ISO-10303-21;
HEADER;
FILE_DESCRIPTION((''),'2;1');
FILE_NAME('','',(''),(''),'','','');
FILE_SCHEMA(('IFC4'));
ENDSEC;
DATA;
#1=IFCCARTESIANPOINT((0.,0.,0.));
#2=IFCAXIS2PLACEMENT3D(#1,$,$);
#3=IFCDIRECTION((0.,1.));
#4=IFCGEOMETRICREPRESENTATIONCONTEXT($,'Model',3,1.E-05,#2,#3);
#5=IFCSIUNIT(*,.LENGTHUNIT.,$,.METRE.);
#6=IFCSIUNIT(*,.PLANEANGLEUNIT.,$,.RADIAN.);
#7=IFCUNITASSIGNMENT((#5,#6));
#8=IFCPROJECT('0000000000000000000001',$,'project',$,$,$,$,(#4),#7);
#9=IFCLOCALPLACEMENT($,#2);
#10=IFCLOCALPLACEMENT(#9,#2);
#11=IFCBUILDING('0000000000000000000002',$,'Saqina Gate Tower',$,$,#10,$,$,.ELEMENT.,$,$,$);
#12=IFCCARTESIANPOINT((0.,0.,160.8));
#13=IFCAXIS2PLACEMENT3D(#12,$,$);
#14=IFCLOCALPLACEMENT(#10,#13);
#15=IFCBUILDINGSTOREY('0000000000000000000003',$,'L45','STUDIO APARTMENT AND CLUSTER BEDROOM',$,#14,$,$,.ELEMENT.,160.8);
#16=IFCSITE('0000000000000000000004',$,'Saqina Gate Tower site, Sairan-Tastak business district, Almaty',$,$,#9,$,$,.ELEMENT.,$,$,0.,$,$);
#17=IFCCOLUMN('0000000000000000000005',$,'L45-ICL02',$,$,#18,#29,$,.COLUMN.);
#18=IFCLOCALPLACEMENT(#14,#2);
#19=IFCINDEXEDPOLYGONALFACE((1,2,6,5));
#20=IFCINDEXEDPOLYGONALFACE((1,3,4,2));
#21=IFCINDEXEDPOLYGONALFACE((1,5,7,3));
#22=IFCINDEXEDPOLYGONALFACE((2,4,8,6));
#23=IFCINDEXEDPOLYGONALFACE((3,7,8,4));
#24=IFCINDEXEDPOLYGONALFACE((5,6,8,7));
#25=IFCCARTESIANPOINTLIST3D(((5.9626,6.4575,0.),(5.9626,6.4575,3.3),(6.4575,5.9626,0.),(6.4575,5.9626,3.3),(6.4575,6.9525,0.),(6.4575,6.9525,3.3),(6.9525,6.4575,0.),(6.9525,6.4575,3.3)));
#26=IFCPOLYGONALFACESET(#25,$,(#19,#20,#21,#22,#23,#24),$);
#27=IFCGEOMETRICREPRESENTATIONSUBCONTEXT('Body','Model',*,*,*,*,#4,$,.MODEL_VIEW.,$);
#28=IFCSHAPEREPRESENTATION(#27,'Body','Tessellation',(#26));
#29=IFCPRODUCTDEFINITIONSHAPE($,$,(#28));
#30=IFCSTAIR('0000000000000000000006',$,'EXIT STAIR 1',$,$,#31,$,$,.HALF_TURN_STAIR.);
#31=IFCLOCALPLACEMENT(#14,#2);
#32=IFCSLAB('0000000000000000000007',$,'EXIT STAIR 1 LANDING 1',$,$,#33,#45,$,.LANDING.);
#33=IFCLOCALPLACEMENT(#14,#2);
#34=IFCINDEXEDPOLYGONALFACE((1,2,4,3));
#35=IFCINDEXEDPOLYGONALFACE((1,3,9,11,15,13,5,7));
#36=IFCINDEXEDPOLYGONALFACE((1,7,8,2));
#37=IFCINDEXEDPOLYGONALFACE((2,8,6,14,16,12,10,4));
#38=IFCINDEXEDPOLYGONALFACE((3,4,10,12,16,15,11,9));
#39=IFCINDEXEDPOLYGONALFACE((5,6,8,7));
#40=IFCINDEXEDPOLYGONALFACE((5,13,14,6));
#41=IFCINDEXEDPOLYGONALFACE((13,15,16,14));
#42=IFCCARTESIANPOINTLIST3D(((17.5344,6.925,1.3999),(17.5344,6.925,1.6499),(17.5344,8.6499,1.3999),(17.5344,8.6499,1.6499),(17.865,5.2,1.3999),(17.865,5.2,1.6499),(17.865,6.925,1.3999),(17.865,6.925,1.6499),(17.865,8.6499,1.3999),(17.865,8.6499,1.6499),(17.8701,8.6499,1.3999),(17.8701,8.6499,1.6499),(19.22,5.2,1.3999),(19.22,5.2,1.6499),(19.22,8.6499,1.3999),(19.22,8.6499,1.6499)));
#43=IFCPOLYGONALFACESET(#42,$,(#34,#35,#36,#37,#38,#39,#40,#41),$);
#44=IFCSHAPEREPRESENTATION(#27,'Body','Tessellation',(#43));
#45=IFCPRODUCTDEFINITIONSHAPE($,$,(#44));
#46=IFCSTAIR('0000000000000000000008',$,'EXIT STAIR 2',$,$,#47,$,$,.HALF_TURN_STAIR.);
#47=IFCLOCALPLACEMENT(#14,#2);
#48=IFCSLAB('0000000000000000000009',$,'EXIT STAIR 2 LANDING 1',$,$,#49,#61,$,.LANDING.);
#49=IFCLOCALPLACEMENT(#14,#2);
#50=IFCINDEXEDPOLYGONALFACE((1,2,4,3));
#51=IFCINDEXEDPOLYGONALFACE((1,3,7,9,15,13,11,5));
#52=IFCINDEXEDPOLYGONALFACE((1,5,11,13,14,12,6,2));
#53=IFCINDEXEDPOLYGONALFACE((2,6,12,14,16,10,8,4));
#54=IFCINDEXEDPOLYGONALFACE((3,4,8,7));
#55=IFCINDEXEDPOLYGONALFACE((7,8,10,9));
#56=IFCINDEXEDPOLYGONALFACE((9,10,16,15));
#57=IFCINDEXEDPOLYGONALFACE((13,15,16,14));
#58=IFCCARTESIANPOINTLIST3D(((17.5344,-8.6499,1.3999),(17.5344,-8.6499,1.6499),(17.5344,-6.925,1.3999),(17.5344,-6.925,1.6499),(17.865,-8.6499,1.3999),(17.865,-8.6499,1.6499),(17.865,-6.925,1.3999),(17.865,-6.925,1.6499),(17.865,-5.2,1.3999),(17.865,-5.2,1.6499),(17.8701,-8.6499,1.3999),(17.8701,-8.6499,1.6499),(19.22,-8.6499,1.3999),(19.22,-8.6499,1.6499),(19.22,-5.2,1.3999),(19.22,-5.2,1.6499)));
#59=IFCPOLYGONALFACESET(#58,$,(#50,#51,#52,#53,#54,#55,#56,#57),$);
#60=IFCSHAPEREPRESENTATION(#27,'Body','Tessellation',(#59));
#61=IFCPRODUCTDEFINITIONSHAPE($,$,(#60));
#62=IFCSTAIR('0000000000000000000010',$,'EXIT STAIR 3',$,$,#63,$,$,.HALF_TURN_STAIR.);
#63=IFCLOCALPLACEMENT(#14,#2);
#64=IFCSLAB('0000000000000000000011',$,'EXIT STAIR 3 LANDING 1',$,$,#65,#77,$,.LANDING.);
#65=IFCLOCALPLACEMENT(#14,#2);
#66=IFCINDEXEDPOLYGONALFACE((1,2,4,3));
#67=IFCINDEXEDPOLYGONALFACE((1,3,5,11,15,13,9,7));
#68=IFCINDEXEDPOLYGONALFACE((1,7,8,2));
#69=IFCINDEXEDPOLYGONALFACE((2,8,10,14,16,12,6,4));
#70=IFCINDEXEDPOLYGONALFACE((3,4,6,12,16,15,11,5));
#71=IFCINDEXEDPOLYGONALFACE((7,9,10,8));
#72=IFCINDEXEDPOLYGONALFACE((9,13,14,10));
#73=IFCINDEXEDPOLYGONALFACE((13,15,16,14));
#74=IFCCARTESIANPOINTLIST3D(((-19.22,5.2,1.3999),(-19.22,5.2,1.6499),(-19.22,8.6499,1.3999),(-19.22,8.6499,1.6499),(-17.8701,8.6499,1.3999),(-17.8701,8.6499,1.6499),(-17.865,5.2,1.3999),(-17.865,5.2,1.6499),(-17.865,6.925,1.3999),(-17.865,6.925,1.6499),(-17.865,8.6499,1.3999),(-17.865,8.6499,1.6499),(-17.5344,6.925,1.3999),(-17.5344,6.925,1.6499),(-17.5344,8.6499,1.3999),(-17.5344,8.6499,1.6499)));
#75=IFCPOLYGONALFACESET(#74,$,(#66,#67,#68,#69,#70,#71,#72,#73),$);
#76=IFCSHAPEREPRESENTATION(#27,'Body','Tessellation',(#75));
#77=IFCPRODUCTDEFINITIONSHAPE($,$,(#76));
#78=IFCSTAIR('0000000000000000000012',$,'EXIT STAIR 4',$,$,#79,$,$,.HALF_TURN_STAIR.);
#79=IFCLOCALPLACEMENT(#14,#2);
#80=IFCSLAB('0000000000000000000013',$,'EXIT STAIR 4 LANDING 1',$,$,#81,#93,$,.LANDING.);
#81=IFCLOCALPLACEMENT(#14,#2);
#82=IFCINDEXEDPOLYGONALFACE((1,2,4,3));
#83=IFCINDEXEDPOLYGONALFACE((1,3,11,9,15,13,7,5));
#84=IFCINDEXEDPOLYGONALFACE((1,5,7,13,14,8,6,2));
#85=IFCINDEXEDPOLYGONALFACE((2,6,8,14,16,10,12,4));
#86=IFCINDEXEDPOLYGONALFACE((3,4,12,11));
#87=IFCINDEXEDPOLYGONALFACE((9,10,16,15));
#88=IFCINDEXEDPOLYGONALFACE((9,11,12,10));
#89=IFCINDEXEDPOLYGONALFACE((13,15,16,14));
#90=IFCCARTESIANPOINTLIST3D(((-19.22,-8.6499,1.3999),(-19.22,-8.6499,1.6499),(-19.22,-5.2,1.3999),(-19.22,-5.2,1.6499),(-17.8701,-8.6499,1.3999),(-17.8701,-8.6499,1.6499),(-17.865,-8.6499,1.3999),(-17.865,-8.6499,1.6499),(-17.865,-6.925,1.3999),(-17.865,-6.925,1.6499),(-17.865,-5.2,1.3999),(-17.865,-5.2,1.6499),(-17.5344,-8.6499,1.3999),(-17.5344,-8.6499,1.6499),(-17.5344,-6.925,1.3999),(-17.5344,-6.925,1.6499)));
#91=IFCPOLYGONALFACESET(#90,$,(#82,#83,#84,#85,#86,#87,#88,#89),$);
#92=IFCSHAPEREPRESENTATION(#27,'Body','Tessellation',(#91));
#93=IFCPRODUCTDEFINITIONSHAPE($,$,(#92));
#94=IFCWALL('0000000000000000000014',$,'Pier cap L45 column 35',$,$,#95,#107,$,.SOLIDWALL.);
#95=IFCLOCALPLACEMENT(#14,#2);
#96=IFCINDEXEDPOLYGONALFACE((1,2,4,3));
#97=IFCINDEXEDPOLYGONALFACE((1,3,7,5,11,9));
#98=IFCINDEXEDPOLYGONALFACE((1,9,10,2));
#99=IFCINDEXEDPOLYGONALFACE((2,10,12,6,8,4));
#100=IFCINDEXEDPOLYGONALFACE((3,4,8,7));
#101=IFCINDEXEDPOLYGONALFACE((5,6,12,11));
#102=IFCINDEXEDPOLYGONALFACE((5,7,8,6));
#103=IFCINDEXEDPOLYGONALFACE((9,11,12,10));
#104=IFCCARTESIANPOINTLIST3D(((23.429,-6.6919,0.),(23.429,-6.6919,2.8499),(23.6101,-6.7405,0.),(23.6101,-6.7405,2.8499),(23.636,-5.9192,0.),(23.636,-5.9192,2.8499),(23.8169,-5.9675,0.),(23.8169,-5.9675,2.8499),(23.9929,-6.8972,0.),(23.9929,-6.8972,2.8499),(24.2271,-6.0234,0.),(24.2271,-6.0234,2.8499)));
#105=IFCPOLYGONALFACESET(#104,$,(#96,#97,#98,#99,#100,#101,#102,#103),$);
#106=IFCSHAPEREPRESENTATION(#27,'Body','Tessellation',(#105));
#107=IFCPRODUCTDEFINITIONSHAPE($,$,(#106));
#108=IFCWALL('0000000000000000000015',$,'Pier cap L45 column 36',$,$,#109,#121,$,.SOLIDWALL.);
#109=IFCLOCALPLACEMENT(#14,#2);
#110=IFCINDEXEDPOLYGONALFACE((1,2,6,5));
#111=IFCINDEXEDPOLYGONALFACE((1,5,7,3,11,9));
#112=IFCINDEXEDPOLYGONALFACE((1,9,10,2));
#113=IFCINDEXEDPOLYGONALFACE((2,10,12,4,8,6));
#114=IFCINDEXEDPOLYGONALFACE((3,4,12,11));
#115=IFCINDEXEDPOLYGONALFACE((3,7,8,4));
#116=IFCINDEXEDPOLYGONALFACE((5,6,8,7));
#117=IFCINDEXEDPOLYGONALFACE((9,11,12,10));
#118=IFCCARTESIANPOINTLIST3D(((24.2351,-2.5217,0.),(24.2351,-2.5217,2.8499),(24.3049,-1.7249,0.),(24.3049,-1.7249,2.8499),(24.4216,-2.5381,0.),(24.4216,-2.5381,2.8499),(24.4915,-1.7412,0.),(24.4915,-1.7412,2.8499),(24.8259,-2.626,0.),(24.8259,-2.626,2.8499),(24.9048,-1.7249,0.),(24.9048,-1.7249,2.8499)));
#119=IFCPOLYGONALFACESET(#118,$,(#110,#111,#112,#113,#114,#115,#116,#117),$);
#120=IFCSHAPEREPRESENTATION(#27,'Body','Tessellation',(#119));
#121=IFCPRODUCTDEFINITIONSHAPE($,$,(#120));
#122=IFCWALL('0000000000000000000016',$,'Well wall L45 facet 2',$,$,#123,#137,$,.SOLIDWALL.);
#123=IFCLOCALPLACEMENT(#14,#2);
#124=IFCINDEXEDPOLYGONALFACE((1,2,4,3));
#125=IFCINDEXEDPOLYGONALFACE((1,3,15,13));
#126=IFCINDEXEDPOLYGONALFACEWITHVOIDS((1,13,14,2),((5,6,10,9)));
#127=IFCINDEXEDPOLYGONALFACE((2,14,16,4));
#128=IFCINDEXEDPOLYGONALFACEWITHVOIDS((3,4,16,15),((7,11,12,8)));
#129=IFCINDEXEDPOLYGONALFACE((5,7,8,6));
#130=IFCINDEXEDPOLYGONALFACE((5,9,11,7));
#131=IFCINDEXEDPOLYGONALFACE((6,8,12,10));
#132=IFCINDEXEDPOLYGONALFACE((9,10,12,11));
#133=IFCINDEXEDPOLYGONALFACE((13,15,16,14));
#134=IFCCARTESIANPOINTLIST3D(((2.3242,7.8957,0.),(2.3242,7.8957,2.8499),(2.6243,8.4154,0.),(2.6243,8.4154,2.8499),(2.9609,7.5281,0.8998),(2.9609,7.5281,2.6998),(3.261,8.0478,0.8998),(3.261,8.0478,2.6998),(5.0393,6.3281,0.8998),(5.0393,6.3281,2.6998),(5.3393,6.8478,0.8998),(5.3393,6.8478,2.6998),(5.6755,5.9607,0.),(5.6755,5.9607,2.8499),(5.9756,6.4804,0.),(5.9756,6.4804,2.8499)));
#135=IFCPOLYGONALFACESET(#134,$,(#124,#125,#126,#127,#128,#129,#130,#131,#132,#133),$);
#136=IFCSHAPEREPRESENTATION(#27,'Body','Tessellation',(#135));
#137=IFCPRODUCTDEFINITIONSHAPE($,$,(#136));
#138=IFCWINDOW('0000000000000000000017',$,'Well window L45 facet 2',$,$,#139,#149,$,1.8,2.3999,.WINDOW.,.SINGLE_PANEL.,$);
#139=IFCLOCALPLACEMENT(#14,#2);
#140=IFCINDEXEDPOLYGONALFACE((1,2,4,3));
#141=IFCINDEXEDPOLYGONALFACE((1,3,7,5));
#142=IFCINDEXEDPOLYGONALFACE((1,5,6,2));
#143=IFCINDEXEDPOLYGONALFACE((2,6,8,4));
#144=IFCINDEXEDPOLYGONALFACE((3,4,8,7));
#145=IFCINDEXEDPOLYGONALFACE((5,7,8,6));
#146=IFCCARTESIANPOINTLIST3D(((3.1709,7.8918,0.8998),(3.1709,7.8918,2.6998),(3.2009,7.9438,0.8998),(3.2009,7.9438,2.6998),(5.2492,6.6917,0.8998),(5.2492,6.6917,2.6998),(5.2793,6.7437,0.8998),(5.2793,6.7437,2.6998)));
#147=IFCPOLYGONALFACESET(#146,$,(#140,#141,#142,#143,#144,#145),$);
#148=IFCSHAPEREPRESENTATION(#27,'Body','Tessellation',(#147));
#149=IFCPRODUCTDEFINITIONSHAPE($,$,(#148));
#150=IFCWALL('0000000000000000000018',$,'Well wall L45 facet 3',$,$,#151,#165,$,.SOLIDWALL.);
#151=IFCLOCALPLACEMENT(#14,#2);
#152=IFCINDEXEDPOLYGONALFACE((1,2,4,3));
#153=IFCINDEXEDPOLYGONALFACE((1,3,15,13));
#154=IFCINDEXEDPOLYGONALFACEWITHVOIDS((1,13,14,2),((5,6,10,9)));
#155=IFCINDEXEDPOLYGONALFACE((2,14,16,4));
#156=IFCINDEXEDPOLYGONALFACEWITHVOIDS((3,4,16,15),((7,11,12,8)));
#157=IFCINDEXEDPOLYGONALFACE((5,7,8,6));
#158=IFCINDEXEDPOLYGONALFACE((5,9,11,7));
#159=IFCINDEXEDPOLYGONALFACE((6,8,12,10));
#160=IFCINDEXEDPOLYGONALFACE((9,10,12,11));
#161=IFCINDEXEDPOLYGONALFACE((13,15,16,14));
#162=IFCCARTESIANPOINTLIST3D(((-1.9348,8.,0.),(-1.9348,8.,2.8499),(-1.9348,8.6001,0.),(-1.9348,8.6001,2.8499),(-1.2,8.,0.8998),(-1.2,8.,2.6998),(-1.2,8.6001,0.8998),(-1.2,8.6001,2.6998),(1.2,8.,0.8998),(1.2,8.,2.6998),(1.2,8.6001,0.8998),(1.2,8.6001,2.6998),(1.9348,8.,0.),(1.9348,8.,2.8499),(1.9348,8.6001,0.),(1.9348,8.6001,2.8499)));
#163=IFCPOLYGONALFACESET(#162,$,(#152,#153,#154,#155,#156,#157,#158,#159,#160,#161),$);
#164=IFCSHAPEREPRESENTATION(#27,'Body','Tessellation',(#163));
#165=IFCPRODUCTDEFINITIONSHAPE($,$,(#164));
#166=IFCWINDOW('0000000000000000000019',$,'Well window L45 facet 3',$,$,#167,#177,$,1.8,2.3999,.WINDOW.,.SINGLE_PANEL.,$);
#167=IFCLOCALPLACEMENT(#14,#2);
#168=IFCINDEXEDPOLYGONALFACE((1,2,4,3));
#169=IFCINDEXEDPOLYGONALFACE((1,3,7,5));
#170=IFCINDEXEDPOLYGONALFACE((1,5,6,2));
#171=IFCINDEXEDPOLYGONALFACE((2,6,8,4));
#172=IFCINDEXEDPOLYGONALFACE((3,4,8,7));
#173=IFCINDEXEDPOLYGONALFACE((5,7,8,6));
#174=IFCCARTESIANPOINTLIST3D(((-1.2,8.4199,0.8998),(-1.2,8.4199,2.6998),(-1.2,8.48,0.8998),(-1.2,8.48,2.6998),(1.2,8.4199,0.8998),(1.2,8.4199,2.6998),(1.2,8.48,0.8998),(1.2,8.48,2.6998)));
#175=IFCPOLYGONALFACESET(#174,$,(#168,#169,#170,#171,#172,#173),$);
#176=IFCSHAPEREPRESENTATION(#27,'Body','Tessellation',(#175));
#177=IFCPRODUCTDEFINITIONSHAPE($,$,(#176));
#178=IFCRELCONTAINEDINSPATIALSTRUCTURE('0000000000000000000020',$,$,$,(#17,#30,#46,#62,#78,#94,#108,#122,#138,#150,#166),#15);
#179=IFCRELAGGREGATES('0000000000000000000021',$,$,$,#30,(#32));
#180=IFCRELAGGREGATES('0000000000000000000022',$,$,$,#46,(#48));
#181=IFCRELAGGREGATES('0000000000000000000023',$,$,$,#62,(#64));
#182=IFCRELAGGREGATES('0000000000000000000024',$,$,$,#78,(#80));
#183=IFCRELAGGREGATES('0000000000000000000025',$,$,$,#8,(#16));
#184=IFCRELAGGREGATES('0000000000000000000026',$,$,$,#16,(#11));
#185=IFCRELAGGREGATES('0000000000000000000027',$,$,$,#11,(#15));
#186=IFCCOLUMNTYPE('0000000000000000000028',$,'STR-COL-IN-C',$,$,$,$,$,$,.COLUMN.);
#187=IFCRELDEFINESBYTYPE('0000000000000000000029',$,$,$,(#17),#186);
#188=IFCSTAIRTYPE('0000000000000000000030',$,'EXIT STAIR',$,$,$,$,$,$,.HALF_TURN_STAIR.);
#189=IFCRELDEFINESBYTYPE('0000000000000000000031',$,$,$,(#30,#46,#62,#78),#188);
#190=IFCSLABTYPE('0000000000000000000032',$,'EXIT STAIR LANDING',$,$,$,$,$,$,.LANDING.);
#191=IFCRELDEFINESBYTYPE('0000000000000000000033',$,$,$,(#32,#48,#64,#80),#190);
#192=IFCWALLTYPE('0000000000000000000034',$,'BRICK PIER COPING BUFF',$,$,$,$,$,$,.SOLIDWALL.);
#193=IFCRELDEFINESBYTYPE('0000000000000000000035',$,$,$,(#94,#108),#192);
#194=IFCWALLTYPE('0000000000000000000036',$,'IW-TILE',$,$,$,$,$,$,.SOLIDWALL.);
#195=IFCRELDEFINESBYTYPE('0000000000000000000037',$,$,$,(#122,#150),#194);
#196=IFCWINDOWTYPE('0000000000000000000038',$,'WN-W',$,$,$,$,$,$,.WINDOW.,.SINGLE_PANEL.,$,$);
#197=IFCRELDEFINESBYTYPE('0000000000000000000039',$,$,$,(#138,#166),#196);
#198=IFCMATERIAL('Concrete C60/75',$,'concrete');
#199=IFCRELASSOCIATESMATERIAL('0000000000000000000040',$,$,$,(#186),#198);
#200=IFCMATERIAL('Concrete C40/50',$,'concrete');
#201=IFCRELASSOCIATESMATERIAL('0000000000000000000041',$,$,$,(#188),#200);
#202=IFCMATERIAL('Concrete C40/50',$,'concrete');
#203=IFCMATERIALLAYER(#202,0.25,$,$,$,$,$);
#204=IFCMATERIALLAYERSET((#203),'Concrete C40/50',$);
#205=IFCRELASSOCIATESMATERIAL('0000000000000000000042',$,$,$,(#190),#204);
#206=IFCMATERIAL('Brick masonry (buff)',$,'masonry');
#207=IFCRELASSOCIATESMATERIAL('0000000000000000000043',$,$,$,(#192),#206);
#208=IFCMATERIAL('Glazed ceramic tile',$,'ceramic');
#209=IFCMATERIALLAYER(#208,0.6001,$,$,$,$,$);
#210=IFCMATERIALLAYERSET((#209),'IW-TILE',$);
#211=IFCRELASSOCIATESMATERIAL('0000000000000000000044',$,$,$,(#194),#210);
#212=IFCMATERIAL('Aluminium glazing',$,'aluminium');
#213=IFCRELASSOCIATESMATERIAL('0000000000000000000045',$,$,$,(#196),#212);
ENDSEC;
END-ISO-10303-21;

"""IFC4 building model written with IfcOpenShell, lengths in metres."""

from ifc_helpers import new_model, si_unit, direction, frame, frame_2d, origin, origin_2d, place, context, subcontext, project, spatial, polyline, rectangle, outline, extrude, material, layer, layer_set, material_profile, profile_set, type_object, element, fill, aggregate, save


model = new_model("IFC4")

# Units and contexts
model_context = context("Model", 3, precision=1e-05, world=origin(), true_north=direction((0.0, 1.0)))
body_context = subcontext(model_context, "Body", "Model", "MODEL_VIEW")
ifc_project = project(units=[si_unit("LENGTHUNIT", "METRE"), si_unit("PLANEANGLEUNIT", "RADIAN")], contexts=[model_context])

# Site, building, storey
site_placement = place(None, origin())
site = spatial("IfcSite", under=ifc_project, at=site_placement, Name="Saqina Gate Tower site, Sairan-Tastak business district, Almaty", CompositionType="ELEMENT", RefElevation=0.0)
building_placement = place(site_placement, origin())
building = spatial("IfcBuilding", under=site, at=building_placement, Name="Saqina Gate Tower", CompositionType="ELEMENT")
storey_placement = place(building_placement, frame((0.0, 0.0, 160.8)))
storey = spatial("IfcBuildingStorey", under=building, at=storey_placement, Name="L45", Description="STUDIO APARTMENT AND CLUSTER BEDROOM", CompositionType="ELEMENT", Elevation=160.8)

# Column
ifc_material_1 = material(Name="Concrete C60/75", Category="concrete")
ifc_material_profile = material_profile(ifc_material_1, rectangle(XDim=0.7, YDim=0.7, at=origin_2d()), Name="RC 700x700")
ifc_profile_set = profile_set([ifc_material_profile], Name="Concrete C60/75")
column_type = type_object("IfcColumnType", Name="STR-COL-IN-C", PredefinedType="COLUMN", material=ifc_profile_set)
column_placement = place(storey_placement, frame((6.4575, 6.4575, 0.0), z_axis=(0.0, 0.0, 1.0), x_axis=(0.707107, 0.707107, 0.0)))
element("IfcColumn", 1, at=column_placement, inside=storey, type_object=column_type, Name="L45-ICL02", PredefinedType="COLUMN", context=body_context, shape_type="SweptSolid", body=[
    extrude(rectangle(XDim=0.7, YDim=0.7, at=origin_2d()), origin(), (0.0, 0.0, 1.0), 3.3),
])

# Stairs, slabs
ifc_material_2 = material(Name="Concrete C40/50", Category="concrete")
stair_type = type_object("IfcStairType", Name="EXIT STAIR", PredefinedType="HALF_TURN_STAIR", material=ifc_material_2)
stair_1_placement = place(storey_placement, origin())
stair_1 = element("IfcStair", 2, at=stair_1_placement, inside=storey, type_object=stair_type, Name="EXIT STAIR 1", PredefinedType="HALF_TURN_STAIR")
ifc_material_3 = material(Name="Concrete C40/50", Category="concrete")
ifc_layer_1 = layer(ifc_material_3, 0.25)
ifc_layer_set_1 = layer_set([ifc_layer_1], Name="Concrete C40/50")
slab_type = type_object("IfcSlabType", Name="EXIT STAIR LANDING", PredefinedType="LANDING", material=ifc_layer_set_1)
slab_1_placement = place(storey_placement, frame((0.0, 0.0, 1.3999)))
slab_1 = element("IfcSlab", 3, at=slab_1_placement, type_object=slab_type, Name="EXIT STAIR 1 LANDING 1", PredefinedType="LANDING", context=body_context, shape_type="SweptSolid", body=[
    extrude(outline(polyline([(19.22, 8.6499), (19.22, 5.2), (17.865, 5.2), (17.865, 6.925), (17.5344, 6.925), (17.5344, 8.6499), (17.865, 8.6499), (17.8701, 8.6499), (19.22, 8.6499)])), origin(), (0.0, 0.0, 1.0), 0.25),
])
aggregate(stair_1, [slab_1])
stair_2_placement = place(storey_placement, origin())
stair_2 = element("IfcStair", 4, at=stair_2_placement, inside=storey, type_object=stair_type, Name="EXIT STAIR 2", PredefinedType="HALF_TURN_STAIR")
slab_2_placement = place(storey_placement, frame((0.0, 0.0, 1.3999)))
slab_2 = element("IfcSlab", 5, at=slab_2_placement, type_object=slab_type, Name="EXIT STAIR 2 LANDING 1", PredefinedType="LANDING", context=body_context, shape_type="SweptSolid", body=[
    extrude(outline(polyline([(17.5344, -8.6499), (17.5344, -6.925), (17.865, -6.925), (17.865, -5.2), (19.22, -5.2), (19.22, -8.6499), (17.8701, -8.6499), (17.865, -8.6499), (17.5344, -8.6499)])), origin(), (0.0, 0.0, 1.0), 0.25),
])
aggregate(stair_2, [slab_2])
stair_3_placement = place(storey_placement, origin())
stair_3 = element("IfcStair", 6, at=stair_3_placement, inside=storey, type_object=stair_type, Name="EXIT STAIR 3", PredefinedType="HALF_TURN_STAIR")
slab_3_placement = place(storey_placement, frame((0.0, 0.0, 1.3999)))
slab_3 = element("IfcSlab", 7, at=slab_3_placement, type_object=slab_type, Name="EXIT STAIR 3 LANDING 1", PredefinedType="LANDING", context=body_context, shape_type="SweptSolid", body=[
    extrude(outline(polyline([(-17.865, 5.2), (-19.22, 5.2), (-19.22, 8.6499), (-17.8701, 8.6499), (-17.865, 8.6499), (-17.5344, 8.6499), (-17.5344, 6.925), (-17.865, 6.925), (-17.865, 5.2)])), origin(), (0.0, 0.0, 1.0), 0.25),
])
aggregate(stair_3, [slab_3])
stair_4_placement = place(storey_placement, origin())
stair_4 = element("IfcStair", 8, at=stair_4_placement, inside=storey, type_object=stair_type, Name="EXIT STAIR 4", PredefinedType="HALF_TURN_STAIR")
slab_4_placement = place(storey_placement, frame((0.0, 0.0, 1.3999)))
slab_4 = element("IfcSlab", 9, at=slab_4_placement, type_object=slab_type, Name="EXIT STAIR 4 LANDING 1", PredefinedType="LANDING", context=body_context, shape_type="SweptSolid", body=[
    extrude(outline(polyline([(-17.5344, -6.925), (-17.5344, -8.6499), (-17.865, -8.6499), (-17.8701, -8.6499), (-19.22, -8.6499), (-19.22, -5.2), (-17.865, -5.2), (-17.865, -6.925), (-17.5344, -6.925)])), origin(), (0.0, 0.0, 1.0), 0.25),
])
aggregate(stair_4, [slab_4])

# Walls
ifc_material_4 = material(Name="Brick masonry (buff)", Category="masonry")
wall_type_1 = type_object("IfcWallType", Name="BRICK PIER COPING BUFF", PredefinedType="SOLIDWALL", material=ifc_material_4)
wall_1_placement = place(storey_placement, origin())
element("IfcWall", 10, at=wall_1_placement, inside=storey, type_object=wall_type_1, Name="Pier cap L45 column 35", PredefinedType="SOLIDWALL", context=body_context, shape_type="SweptSolid", body=[
    extrude(outline(polyline([(24.2271, -6.0234), (23.636, -5.9192), (23.8169, -5.9675), (23.6101, -6.7405), (23.429, -6.6919), (23.9929, -6.8972), (24.2271, -6.0234)])), origin(), (0.0, 0.0, 1.0), 2.8499),
])
wall_2_placement = place(storey_placement, origin())
element("IfcWall", 11, at=wall_2_placement, inside=storey, type_object=wall_type_1, Name="Pier cap L45 column 36", PredefinedType="SOLIDWALL", context=body_context, shape_type="SweptSolid", body=[
    extrude(outline(polyline([(24.8259, -2.626), (24.9048, -1.7249), (24.3049, -1.7249), (24.4915, -1.7412), (24.4216, -2.5381), (24.2351, -2.5217), (24.8259, -2.626)])), origin(), (0.0, 0.0, 1.0), 2.8499),
])

# Walls, openings, windows
ifc_material_5 = material(Name="Glazed ceramic tile", Category="ceramic")
ifc_layer_2 = layer(ifc_material_5, 0.6001)
ifc_layer_set_2 = layer_set([ifc_layer_2], Name="IW-TILE")
wall_type_2 = type_object("IfcWallType", Name="IW-TILE", PredefinedType="SOLIDWALL", material=ifc_layer_set_2)
wall_3_placement = place(storey_placement, frame((5.8257, 6.2205, 0.0), z_axis=(0.0, 0.0, 1.0), x_axis=(-0.866006, 0.500034, 0.0)))
wall_3 = element("IfcWall", 12, at=wall_3_placement, inside=storey, type_object=wall_type_2, Name="Well wall L45 facet 2", PredefinedType="SOLIDWALL", context=body_context, shape_type="SweptSolid", body=[
    extrude(rectangle(XDim=3.8699, YDim=0.6001, at=frame_2d((1.9351, 0.0))), origin(), (0.0, 0.0, 1.0), 2.8499),
])
opening_1_placement = place(wall_3_placement, frame((0.7349, 0.0, 0.8999)))
opening_1 = element("IfcOpeningElement", 13, at=opening_1_placement, cuts=wall_3, PredefinedType="OPENING", context=body_context, shape_type="SweptSolid", body=[
    extrude(rectangle(XDim=2.3999, YDim=1.8, at=frame_2d((1.2, 0.8999))), frame((0.0, 0.312, 0.0), z_axis=(0.0, -1.0, 0.0), x_axis=(1.0, 0.0, 0.0)), (0.0, 0.0, 1.0), 0.624),
])
ifc_material_6 = material(Name="Aluminium glazing", Category="aluminium")
window_type = type_object("IfcWindowType", Name="WN-W", PartitioningType="SINGLE_PANEL", PredefinedType="WINDOW", material=ifc_material_6)
window_1_placement = place(opening_1_placement, origin())
window_1 = element("IfcWindow", 14, at=window_1_placement, inside=storey, type_object=window_type, Name="Well window L45 facet 2", OverallHeight=1.8, OverallWidth=2.3999, PartitioningType="SINGLE_PANEL", PredefinedType="WINDOW", context=body_context, shape_type="SweptSolid", body=[
    extrude(rectangle(XDim=2.3999, YDim=1.8, at=frame_2d((1.2, 0.8999))), frame((0.0, -0.1199, 0.0), z_axis=(0.0, -1.0, 0.0), x_axis=(1.0, 0.0, 0.0)), (0.0, 0.0, 1.0), 0.0601),
])
fill(opening_1, window_1)
wall_4_placement = place(storey_placement, frame((1.9348, 8.3, 0.0), z_axis=(0.0, 0.0, 1.0), x_axis=(-1.0, 0.0, 0.0)))
wall_4 = element("IfcWall", 15, at=wall_4_placement, inside=storey, type_object=wall_type_2, Name="Well wall L45 facet 3", PredefinedType="SOLIDWALL", context=body_context, shape_type="SweptSolid", body=[
    extrude(rectangle(XDim=3.8696, YDim=0.6001, at=frame_2d((1.9348, 0.0))), origin(), (0.0, 0.0, 1.0), 2.8499),
])
opening_2_placement = place(wall_4_placement, frame((0.7349, 0.0, 0.8999)))
opening_2 = element("IfcOpeningElement", 16, at=opening_2_placement, cuts=wall_4, PredefinedType="OPENING", context=body_context, shape_type="SweptSolid", body=[
    extrude(rectangle(XDim=2.3999, YDim=1.8, at=frame_2d((1.2, 0.8999))), frame((0.0, 0.312, 0.0), z_axis=(0.0, -1.0, 0.0), x_axis=(1.0, 0.0, 0.0)), (0.0, 0.0, 1.0), 0.624),
])
window_2_placement = place(opening_2_placement, origin())
window_2 = element("IfcWindow", 17, at=window_2_placement, inside=storey, type_object=window_type, Name="Well window L45 facet 3", OverallHeight=1.8, OverallWidth=2.3999, PartitioningType="SINGLE_PANEL", PredefinedType="WINDOW", context=body_context, shape_type="SweptSolid", body=[
    extrude(rectangle(XDim=2.3999, YDim=1.8, at=frame_2d((1.2, 0.8999))), frame((0.0, -0.1199, 0.0), z_axis=(0.0, -1.0, 0.0), x_axis=(1.0, 0.0, 0.0)), (0.0, 0.0, 1.0), 0.0601),
])
fill(opening_2, window_2)

save(model, "model.ifc")
